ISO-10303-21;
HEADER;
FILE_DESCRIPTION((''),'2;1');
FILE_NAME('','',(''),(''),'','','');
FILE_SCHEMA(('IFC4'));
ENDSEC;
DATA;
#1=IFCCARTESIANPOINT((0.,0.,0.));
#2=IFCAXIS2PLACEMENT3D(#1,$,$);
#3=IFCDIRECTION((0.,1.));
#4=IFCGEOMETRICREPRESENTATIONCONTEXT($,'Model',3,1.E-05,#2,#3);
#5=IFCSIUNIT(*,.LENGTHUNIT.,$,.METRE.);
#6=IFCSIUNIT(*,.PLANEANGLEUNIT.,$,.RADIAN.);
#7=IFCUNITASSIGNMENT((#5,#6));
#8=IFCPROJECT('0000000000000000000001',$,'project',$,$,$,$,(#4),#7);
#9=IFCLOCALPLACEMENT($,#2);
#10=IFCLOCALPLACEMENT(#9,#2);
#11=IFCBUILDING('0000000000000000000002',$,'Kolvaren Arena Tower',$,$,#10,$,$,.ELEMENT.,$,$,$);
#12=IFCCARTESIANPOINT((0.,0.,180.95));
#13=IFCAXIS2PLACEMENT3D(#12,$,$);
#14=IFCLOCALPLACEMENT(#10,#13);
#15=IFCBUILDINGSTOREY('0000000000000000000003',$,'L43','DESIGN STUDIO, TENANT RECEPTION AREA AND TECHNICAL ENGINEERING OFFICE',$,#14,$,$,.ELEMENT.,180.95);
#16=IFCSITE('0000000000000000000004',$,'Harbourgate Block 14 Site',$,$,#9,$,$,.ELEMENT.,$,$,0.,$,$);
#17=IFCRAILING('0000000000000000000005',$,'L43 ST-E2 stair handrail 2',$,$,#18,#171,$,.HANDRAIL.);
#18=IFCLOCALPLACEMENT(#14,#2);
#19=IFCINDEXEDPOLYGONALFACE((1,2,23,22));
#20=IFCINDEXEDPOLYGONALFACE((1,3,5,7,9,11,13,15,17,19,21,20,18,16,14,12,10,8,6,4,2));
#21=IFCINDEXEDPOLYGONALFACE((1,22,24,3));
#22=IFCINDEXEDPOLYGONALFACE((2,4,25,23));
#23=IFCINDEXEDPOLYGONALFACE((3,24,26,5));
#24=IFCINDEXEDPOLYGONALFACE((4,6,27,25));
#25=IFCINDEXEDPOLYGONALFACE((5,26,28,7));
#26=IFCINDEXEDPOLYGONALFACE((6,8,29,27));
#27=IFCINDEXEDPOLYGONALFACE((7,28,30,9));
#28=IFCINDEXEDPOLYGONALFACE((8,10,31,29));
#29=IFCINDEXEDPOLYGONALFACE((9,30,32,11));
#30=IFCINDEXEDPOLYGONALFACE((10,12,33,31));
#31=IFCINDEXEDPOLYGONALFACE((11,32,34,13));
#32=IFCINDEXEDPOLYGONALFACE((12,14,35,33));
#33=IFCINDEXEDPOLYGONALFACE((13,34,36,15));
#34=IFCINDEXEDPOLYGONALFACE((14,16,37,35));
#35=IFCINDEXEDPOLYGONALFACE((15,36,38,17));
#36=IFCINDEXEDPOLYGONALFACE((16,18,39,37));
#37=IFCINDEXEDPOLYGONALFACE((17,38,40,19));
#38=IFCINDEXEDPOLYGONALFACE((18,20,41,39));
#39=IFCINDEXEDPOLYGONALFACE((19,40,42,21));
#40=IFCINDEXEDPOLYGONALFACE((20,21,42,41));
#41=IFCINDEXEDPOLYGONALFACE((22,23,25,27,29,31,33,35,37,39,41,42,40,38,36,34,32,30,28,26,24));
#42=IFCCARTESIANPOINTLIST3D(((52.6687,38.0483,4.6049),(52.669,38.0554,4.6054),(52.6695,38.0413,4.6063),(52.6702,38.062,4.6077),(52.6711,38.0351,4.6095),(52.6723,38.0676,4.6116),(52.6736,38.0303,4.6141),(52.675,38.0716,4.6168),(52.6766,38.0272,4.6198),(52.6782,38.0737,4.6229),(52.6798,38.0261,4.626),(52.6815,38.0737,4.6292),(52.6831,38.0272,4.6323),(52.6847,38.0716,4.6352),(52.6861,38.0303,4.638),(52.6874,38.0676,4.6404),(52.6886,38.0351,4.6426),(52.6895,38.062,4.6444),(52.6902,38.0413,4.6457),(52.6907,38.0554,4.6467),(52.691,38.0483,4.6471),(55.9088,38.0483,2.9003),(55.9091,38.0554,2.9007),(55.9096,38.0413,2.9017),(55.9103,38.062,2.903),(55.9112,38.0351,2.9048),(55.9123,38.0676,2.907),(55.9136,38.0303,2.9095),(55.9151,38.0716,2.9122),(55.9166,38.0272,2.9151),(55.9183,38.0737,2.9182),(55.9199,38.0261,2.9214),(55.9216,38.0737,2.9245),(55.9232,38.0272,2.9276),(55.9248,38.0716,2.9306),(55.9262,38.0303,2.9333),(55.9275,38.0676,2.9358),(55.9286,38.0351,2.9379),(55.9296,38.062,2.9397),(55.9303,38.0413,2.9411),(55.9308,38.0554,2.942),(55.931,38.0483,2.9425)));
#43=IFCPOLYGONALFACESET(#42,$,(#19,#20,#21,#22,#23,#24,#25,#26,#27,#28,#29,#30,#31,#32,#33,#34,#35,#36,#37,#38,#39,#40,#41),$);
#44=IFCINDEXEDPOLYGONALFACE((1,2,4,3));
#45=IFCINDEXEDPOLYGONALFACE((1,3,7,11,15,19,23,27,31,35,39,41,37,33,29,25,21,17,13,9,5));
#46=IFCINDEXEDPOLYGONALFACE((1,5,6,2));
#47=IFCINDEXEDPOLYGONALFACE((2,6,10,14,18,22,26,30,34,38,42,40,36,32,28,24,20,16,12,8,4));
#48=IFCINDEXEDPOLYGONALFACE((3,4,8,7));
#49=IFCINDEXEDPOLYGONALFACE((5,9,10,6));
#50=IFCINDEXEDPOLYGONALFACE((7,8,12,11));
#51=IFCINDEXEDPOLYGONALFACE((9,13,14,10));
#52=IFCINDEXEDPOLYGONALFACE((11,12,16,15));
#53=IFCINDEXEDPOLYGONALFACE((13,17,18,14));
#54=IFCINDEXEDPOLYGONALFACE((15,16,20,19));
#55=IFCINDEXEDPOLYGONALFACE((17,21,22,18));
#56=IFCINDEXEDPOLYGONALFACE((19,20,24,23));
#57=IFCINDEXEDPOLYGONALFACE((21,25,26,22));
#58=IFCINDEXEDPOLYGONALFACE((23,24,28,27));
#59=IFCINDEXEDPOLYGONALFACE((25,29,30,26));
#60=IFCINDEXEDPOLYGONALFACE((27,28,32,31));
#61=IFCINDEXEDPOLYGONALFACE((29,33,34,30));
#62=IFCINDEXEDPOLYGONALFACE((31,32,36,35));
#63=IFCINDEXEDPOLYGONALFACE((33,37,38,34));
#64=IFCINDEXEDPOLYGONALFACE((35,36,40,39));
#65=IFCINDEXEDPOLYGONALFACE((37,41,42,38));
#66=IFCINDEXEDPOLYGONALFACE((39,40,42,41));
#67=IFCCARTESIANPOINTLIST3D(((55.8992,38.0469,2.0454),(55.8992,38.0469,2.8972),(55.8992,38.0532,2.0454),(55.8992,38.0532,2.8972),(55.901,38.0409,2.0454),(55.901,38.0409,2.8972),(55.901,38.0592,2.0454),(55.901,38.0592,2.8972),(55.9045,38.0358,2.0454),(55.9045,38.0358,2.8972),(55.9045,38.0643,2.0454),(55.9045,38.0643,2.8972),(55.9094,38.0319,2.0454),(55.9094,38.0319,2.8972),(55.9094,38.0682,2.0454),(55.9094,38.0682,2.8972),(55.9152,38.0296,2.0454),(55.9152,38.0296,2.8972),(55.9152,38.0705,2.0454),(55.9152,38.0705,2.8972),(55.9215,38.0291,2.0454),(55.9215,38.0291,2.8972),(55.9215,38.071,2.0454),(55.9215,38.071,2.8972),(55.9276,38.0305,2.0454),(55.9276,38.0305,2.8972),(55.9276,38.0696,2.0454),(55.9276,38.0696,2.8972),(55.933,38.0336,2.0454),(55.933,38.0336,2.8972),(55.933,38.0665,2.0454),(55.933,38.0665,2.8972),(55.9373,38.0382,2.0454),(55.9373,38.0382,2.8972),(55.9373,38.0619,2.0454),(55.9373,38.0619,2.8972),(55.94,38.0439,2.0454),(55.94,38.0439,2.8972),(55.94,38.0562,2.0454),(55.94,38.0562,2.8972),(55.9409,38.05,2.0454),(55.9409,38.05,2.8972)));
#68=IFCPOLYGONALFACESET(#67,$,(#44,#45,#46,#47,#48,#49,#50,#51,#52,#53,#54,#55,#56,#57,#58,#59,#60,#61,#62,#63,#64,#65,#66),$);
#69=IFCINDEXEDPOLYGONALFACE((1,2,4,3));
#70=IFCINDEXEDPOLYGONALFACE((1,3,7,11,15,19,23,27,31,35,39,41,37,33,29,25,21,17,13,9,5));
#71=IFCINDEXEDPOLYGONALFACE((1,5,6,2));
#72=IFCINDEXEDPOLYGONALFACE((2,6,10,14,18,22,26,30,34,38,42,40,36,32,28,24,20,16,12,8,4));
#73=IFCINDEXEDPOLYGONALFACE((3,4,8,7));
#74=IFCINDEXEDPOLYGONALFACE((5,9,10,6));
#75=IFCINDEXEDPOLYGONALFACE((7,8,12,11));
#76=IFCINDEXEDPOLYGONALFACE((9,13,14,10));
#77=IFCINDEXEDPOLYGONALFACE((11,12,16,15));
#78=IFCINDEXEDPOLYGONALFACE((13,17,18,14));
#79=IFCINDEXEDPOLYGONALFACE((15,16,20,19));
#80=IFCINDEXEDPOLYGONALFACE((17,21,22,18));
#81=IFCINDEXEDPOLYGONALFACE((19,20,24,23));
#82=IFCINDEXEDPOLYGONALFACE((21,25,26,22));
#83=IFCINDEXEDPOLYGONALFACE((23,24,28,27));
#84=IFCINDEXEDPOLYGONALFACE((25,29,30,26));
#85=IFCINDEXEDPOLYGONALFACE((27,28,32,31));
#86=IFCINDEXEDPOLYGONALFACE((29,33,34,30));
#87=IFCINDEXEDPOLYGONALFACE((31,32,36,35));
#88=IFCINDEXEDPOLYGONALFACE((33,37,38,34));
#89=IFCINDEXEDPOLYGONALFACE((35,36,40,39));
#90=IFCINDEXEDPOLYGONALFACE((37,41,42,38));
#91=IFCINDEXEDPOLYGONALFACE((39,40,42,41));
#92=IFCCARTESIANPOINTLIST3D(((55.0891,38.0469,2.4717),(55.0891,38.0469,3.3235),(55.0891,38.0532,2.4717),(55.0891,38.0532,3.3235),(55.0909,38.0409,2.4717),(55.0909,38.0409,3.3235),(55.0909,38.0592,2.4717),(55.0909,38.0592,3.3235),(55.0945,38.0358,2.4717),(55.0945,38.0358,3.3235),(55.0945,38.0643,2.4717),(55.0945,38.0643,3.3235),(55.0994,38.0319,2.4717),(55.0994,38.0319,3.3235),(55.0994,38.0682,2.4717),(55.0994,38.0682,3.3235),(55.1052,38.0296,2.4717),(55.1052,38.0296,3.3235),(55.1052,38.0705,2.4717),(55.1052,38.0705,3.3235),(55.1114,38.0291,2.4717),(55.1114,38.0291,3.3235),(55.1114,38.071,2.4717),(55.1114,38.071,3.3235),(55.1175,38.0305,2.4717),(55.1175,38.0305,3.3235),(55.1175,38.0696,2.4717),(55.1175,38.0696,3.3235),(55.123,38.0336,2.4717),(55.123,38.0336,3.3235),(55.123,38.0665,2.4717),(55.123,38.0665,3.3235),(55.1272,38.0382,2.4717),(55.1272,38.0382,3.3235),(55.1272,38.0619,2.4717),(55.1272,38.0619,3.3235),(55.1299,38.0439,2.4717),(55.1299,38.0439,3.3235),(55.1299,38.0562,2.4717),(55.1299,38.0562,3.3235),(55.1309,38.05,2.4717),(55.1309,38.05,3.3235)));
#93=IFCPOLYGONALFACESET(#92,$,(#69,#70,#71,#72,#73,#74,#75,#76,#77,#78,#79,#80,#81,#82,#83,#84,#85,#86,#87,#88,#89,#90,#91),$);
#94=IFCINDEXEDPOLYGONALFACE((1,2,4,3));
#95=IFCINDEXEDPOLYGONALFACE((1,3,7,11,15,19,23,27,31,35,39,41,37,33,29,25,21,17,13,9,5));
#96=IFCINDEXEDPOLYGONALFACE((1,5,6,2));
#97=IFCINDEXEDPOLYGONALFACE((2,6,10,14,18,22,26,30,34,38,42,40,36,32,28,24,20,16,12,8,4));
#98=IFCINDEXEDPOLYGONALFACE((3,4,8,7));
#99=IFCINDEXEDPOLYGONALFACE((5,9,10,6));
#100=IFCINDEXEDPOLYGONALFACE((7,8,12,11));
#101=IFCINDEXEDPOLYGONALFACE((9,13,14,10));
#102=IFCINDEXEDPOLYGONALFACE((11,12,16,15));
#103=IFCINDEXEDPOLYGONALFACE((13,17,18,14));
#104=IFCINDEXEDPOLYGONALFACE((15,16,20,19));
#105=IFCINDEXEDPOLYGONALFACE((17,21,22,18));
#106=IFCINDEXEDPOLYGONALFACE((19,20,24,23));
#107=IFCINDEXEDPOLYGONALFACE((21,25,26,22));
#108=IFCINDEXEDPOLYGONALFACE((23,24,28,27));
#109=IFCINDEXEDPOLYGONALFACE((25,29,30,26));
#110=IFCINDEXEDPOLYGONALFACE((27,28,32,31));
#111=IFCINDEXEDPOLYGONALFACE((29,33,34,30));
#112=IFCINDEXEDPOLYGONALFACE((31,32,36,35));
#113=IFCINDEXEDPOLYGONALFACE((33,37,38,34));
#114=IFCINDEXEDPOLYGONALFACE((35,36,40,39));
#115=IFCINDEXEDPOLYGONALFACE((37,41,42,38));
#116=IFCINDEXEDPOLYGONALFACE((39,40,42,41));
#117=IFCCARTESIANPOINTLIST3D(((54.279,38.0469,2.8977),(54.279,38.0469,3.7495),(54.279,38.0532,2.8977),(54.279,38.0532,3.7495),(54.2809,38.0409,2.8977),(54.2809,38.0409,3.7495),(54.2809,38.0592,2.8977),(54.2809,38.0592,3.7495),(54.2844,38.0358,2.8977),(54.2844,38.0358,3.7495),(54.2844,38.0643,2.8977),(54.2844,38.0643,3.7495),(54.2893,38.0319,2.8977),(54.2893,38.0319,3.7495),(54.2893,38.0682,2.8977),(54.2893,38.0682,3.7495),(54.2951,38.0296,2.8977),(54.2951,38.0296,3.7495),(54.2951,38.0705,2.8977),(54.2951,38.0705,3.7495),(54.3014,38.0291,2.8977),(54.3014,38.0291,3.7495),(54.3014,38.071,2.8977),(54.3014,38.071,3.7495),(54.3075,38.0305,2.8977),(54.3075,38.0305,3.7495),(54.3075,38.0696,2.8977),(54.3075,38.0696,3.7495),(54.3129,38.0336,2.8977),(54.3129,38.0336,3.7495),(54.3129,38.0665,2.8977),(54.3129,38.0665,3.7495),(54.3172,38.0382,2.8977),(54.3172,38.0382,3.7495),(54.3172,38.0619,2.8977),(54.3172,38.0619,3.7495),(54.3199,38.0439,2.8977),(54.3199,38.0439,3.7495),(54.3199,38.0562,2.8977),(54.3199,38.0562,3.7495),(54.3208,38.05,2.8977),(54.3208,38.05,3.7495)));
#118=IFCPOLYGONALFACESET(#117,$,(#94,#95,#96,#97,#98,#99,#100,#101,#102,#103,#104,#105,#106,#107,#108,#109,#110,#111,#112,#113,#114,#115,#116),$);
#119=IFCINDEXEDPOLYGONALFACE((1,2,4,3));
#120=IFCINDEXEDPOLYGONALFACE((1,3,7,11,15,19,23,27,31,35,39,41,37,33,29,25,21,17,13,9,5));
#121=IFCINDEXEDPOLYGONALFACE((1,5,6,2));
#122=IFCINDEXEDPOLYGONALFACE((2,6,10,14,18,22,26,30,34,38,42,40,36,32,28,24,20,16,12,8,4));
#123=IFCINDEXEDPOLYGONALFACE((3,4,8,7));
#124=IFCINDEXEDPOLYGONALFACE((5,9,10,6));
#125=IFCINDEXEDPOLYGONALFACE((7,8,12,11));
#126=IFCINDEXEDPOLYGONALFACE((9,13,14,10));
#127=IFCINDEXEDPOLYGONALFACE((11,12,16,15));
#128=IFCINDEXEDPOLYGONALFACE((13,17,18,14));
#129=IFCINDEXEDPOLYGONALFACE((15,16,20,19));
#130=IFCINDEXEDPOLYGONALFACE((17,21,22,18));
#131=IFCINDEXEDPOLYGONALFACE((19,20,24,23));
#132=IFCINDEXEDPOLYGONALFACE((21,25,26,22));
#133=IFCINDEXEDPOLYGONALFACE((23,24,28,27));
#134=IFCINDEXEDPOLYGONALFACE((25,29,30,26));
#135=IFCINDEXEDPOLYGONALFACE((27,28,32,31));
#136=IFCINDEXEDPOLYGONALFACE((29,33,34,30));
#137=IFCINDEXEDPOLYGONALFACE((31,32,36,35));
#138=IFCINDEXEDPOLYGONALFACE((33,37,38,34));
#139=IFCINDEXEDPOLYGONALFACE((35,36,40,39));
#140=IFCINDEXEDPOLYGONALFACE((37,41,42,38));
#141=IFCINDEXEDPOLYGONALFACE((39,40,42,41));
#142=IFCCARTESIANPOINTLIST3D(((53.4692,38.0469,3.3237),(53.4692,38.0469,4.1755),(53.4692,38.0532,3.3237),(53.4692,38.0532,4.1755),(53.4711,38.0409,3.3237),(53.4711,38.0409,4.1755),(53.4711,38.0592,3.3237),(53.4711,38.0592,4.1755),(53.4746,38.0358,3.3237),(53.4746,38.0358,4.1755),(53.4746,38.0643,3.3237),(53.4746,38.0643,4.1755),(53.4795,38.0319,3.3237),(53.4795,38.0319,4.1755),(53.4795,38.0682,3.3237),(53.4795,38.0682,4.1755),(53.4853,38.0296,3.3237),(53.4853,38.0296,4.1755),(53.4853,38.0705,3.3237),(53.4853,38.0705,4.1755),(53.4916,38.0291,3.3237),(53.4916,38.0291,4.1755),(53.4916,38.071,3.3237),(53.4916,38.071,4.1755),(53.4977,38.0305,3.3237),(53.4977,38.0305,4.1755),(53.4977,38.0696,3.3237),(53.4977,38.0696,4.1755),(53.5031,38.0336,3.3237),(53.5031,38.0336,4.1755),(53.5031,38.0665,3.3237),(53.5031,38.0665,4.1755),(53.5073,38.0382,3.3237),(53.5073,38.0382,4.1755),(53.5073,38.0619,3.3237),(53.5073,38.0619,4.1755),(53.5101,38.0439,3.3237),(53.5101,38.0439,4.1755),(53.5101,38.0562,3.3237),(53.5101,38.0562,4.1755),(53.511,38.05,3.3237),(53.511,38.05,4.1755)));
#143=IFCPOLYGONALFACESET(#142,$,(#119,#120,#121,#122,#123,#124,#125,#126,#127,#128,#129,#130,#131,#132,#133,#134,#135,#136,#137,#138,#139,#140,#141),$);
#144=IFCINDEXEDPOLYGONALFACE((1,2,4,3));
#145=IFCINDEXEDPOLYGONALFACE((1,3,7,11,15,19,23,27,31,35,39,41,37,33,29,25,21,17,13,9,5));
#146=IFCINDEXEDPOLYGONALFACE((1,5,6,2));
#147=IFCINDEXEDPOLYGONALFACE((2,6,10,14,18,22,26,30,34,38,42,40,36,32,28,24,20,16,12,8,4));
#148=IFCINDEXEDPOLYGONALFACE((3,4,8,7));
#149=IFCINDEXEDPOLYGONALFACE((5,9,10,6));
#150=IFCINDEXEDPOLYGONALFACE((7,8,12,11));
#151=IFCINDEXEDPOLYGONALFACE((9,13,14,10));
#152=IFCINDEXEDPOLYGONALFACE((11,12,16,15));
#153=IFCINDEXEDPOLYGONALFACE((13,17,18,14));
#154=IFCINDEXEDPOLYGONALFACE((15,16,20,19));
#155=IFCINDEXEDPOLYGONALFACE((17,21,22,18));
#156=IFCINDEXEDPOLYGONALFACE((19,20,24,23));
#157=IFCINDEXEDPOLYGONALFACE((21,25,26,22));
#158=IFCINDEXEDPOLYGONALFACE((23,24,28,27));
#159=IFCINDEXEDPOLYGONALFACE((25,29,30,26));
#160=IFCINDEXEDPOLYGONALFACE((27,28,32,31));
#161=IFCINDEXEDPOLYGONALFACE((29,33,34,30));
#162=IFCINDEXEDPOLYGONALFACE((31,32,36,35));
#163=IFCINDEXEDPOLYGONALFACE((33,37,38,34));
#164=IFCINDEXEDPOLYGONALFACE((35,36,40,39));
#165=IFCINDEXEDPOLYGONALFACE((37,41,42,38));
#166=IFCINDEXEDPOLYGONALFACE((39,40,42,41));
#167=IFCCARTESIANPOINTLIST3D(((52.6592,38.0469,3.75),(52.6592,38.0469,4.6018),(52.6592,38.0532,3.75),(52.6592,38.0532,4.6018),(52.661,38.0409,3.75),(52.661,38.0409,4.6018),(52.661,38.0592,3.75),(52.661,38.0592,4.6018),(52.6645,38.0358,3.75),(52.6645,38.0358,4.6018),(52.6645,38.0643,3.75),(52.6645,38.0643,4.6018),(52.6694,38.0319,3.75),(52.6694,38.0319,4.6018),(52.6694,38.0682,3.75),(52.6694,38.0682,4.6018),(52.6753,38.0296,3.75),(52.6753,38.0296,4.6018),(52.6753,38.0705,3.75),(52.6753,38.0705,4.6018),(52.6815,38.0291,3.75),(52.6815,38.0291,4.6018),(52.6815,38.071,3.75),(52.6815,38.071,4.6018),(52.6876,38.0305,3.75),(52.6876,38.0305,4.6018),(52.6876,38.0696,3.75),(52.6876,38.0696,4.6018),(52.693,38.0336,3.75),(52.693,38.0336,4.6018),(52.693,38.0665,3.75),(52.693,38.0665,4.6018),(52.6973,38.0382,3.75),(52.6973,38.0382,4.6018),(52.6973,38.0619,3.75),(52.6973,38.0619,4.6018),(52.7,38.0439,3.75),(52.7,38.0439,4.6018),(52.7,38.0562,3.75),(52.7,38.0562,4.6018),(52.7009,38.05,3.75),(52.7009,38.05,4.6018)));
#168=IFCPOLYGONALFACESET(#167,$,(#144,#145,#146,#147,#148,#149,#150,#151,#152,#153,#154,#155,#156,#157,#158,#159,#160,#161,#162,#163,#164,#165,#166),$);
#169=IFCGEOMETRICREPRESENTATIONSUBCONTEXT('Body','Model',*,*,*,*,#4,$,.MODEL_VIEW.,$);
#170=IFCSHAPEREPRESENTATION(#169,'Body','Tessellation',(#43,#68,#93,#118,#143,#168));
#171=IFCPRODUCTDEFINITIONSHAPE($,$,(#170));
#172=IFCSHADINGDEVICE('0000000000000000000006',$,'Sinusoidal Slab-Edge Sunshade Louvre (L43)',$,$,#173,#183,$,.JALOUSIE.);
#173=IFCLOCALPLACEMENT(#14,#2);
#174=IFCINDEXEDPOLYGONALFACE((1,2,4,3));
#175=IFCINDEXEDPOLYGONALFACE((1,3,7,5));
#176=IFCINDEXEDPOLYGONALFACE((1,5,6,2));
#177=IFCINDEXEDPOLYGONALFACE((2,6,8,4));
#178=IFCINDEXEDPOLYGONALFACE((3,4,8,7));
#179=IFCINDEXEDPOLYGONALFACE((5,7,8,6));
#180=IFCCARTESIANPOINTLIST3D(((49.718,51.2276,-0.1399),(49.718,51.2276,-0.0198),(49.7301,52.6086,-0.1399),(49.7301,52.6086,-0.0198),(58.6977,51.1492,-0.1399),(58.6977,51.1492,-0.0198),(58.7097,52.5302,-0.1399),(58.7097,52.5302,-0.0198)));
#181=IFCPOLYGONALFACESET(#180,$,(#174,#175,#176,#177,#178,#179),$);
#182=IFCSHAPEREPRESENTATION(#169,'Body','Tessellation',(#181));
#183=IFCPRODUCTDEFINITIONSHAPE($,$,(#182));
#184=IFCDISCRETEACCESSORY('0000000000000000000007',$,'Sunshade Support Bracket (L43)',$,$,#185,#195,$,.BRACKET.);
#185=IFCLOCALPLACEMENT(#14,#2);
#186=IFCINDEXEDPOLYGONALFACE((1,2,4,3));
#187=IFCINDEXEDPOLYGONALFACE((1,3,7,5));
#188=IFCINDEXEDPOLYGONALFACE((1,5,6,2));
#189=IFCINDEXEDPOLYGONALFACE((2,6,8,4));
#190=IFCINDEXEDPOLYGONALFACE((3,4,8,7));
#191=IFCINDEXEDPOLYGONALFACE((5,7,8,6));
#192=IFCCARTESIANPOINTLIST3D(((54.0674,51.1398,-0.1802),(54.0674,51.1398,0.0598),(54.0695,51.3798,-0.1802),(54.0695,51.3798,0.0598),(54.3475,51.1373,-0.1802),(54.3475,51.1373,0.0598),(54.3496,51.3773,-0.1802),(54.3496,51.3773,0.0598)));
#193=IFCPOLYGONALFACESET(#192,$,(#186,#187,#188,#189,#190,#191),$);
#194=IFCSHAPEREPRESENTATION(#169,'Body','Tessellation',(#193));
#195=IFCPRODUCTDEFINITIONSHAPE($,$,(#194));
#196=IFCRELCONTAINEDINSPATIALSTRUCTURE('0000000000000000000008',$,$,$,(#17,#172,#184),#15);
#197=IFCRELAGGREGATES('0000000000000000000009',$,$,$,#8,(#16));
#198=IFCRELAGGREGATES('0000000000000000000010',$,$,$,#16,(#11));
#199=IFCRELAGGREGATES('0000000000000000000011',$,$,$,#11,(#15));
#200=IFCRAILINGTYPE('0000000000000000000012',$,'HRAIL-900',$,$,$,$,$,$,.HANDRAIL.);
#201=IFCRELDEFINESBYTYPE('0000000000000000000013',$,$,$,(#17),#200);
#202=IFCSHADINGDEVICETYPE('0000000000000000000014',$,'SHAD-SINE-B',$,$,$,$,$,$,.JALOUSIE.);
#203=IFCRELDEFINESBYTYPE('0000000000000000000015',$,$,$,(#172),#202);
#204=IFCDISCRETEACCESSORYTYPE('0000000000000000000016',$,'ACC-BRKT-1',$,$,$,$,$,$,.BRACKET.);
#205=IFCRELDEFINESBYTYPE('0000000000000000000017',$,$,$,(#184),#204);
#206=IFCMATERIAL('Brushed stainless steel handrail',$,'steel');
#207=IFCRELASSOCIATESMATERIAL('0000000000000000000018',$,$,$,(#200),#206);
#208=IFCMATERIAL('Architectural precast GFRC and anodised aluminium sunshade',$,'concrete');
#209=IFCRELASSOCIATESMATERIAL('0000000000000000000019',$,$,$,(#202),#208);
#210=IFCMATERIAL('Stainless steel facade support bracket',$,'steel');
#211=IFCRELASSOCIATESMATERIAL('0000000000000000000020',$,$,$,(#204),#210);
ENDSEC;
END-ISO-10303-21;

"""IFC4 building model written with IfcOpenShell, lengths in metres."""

from ifc_helpers import new_model, si_unit, direction, frame, origin, origin_2d, place, context, subcontext, project, spatial, rectangle, circle, extrude, material, type_object, element, save


model = new_model("IFC4")

# Units and contexts
model_context = context("Model", 3, precision=1e-05, world=origin(), true_north=direction((0.0, 1.0)))
body_context = subcontext(model_context, "Body", "Model", "MODEL_VIEW")
ifc_project = project(units=[si_unit("LENGTHUNIT", "METRE"), si_unit("PLANEANGLEUNIT", "RADIAN")], contexts=[model_context])

# Site, building, storey
site_placement = place(None, origin())
site = spatial("IfcSite", under=ifc_project, at=site_placement, Name="Harbourgate Block 14 Site", CompositionType="ELEMENT", RefElevation=0.0)
building_placement = place(site_placement, origin())
building = spatial("IfcBuilding", under=site, at=building_placement, Name="Kolvaren Arena Tower", CompositionType="ELEMENT")
storey_placement = place(building_placement, frame((0.0, 0.0, 180.95)))
storey = spatial("IfcBuildingStorey", under=building, at=storey_placement, Name="L43", Description="DESIGN STUDIO, TENANT RECEPTION AREA AND TECHNICAL ENGINEERING OFFICE", CompositionType="ELEMENT", Elevation=180.95)

# Railing
ifc_material_1 = material(Name="Brushed stainless steel handrail", Category="steel")
railing_type = type_object("IfcRailingType", Name="HRAIL-900", PredefinedType="HANDRAIL", material=ifc_material_1)
railing_placement = place(storey_placement, frame((55.9199, 38.05, 2.0454)))
element("IfcRailing", 1, at=railing_placement, inside=storey, type_object=railing_type, Name="L43 ST-E2 stair handrail 2", PredefinedType="HANDRAIL", context=body_context, shape_type="SweptSolid", body=[
    extrude(circle(Radius=0.0239, at=origin_2d()), frame((0.0, 0.0, 0.876), z_axis=(-0.884993, 0.0, 0.465604), x_axis=(0.0, -1.0, 0.0)), (0.0, 0.0, 1.0), 3.6611),
    extrude(circle(Radius=0.021, at=origin_2d()), origin(), (0.0, 0.0, 1.0), 0.8518),
    extrude(circle(Radius=0.021, at=origin_2d()), frame((-0.8101, 0.0, 0.4263)), (0.0, 0.0, 1.0), 0.8518),
    extrude(circle(Radius=0.021, at=origin_2d()), frame((-1.6201, 0.0, 0.8523)), (0.0, 0.0, 1.0), 0.8518),
    extrude(circle(Radius=0.021, at=origin_2d()), frame((-2.4299, 0.0, 1.2783)), (0.0, 0.0, 1.0), 0.8518),
    extrude(circle(Radius=0.021, at=origin_2d()), frame((-3.24, 0.0, 1.7046)), (0.0, 0.0, 1.0), 0.8518),
])

# Shading device
ifc_material_2 = material(Name="Architectural precast GFRC and anodised aluminium sunshade", Category="concrete")
shading_device_type = type_object("IfcShadingDeviceType", Name="SHAD-SINE-B", PredefinedType="JALOUSIE", material=ifc_material_2)
shading_device_placement = place(storey_placement, frame((54.2139, 51.8789, -0.1399), z_axis=(0.0, 0.0, 1.0), x_axis=(0.999962, -0.008727, 0.0)))
element("IfcShadingDevice", 2, at=shading_device_placement, inside=storey, type_object=shading_device_type, Name="Sinusoidal Slab-Edge Sunshade Louvre (L43)", PredefinedType="JALOUSIE", context=body_context, shape_type="SweptSolid", body=[
    extrude(rectangle(XDim=8.98, YDim=1.3811, at=origin_2d()), origin(), (0.0, 0.0, 1.0), 0.1201),
])

# Discrete accessory
ifc_material_3 = material(Name="Stainless steel facade support bracket", Category="steel")
discrete_accessory_type = type_object("IfcDiscreteAccessoryType", Name="ACC-BRKT-1", PredefinedType="BRACKET", material=ifc_material_3)
discrete_accessory_placement = place(storey_placement, frame((54.2085, 51.2585, -0.1802), z_axis=(0.0, 0.0, 1.0), x_axis=(0.999962, -0.008727, 0.0)))
element("IfcDiscreteAccessory", 3, at=discrete_accessory_placement, inside=storey, type_object=discrete_accessory_type, Name="Sunshade Support Bracket (L43)", PredefinedType="BRACKET", context=body_context, shape_type="SweptSolid", body=[
    extrude(rectangle(XDim=0.28, YDim=0.24, at=origin_2d()), origin(), (0.0, 0.0, 1.0), 0.24),
])

save(model, "model.ifc")
